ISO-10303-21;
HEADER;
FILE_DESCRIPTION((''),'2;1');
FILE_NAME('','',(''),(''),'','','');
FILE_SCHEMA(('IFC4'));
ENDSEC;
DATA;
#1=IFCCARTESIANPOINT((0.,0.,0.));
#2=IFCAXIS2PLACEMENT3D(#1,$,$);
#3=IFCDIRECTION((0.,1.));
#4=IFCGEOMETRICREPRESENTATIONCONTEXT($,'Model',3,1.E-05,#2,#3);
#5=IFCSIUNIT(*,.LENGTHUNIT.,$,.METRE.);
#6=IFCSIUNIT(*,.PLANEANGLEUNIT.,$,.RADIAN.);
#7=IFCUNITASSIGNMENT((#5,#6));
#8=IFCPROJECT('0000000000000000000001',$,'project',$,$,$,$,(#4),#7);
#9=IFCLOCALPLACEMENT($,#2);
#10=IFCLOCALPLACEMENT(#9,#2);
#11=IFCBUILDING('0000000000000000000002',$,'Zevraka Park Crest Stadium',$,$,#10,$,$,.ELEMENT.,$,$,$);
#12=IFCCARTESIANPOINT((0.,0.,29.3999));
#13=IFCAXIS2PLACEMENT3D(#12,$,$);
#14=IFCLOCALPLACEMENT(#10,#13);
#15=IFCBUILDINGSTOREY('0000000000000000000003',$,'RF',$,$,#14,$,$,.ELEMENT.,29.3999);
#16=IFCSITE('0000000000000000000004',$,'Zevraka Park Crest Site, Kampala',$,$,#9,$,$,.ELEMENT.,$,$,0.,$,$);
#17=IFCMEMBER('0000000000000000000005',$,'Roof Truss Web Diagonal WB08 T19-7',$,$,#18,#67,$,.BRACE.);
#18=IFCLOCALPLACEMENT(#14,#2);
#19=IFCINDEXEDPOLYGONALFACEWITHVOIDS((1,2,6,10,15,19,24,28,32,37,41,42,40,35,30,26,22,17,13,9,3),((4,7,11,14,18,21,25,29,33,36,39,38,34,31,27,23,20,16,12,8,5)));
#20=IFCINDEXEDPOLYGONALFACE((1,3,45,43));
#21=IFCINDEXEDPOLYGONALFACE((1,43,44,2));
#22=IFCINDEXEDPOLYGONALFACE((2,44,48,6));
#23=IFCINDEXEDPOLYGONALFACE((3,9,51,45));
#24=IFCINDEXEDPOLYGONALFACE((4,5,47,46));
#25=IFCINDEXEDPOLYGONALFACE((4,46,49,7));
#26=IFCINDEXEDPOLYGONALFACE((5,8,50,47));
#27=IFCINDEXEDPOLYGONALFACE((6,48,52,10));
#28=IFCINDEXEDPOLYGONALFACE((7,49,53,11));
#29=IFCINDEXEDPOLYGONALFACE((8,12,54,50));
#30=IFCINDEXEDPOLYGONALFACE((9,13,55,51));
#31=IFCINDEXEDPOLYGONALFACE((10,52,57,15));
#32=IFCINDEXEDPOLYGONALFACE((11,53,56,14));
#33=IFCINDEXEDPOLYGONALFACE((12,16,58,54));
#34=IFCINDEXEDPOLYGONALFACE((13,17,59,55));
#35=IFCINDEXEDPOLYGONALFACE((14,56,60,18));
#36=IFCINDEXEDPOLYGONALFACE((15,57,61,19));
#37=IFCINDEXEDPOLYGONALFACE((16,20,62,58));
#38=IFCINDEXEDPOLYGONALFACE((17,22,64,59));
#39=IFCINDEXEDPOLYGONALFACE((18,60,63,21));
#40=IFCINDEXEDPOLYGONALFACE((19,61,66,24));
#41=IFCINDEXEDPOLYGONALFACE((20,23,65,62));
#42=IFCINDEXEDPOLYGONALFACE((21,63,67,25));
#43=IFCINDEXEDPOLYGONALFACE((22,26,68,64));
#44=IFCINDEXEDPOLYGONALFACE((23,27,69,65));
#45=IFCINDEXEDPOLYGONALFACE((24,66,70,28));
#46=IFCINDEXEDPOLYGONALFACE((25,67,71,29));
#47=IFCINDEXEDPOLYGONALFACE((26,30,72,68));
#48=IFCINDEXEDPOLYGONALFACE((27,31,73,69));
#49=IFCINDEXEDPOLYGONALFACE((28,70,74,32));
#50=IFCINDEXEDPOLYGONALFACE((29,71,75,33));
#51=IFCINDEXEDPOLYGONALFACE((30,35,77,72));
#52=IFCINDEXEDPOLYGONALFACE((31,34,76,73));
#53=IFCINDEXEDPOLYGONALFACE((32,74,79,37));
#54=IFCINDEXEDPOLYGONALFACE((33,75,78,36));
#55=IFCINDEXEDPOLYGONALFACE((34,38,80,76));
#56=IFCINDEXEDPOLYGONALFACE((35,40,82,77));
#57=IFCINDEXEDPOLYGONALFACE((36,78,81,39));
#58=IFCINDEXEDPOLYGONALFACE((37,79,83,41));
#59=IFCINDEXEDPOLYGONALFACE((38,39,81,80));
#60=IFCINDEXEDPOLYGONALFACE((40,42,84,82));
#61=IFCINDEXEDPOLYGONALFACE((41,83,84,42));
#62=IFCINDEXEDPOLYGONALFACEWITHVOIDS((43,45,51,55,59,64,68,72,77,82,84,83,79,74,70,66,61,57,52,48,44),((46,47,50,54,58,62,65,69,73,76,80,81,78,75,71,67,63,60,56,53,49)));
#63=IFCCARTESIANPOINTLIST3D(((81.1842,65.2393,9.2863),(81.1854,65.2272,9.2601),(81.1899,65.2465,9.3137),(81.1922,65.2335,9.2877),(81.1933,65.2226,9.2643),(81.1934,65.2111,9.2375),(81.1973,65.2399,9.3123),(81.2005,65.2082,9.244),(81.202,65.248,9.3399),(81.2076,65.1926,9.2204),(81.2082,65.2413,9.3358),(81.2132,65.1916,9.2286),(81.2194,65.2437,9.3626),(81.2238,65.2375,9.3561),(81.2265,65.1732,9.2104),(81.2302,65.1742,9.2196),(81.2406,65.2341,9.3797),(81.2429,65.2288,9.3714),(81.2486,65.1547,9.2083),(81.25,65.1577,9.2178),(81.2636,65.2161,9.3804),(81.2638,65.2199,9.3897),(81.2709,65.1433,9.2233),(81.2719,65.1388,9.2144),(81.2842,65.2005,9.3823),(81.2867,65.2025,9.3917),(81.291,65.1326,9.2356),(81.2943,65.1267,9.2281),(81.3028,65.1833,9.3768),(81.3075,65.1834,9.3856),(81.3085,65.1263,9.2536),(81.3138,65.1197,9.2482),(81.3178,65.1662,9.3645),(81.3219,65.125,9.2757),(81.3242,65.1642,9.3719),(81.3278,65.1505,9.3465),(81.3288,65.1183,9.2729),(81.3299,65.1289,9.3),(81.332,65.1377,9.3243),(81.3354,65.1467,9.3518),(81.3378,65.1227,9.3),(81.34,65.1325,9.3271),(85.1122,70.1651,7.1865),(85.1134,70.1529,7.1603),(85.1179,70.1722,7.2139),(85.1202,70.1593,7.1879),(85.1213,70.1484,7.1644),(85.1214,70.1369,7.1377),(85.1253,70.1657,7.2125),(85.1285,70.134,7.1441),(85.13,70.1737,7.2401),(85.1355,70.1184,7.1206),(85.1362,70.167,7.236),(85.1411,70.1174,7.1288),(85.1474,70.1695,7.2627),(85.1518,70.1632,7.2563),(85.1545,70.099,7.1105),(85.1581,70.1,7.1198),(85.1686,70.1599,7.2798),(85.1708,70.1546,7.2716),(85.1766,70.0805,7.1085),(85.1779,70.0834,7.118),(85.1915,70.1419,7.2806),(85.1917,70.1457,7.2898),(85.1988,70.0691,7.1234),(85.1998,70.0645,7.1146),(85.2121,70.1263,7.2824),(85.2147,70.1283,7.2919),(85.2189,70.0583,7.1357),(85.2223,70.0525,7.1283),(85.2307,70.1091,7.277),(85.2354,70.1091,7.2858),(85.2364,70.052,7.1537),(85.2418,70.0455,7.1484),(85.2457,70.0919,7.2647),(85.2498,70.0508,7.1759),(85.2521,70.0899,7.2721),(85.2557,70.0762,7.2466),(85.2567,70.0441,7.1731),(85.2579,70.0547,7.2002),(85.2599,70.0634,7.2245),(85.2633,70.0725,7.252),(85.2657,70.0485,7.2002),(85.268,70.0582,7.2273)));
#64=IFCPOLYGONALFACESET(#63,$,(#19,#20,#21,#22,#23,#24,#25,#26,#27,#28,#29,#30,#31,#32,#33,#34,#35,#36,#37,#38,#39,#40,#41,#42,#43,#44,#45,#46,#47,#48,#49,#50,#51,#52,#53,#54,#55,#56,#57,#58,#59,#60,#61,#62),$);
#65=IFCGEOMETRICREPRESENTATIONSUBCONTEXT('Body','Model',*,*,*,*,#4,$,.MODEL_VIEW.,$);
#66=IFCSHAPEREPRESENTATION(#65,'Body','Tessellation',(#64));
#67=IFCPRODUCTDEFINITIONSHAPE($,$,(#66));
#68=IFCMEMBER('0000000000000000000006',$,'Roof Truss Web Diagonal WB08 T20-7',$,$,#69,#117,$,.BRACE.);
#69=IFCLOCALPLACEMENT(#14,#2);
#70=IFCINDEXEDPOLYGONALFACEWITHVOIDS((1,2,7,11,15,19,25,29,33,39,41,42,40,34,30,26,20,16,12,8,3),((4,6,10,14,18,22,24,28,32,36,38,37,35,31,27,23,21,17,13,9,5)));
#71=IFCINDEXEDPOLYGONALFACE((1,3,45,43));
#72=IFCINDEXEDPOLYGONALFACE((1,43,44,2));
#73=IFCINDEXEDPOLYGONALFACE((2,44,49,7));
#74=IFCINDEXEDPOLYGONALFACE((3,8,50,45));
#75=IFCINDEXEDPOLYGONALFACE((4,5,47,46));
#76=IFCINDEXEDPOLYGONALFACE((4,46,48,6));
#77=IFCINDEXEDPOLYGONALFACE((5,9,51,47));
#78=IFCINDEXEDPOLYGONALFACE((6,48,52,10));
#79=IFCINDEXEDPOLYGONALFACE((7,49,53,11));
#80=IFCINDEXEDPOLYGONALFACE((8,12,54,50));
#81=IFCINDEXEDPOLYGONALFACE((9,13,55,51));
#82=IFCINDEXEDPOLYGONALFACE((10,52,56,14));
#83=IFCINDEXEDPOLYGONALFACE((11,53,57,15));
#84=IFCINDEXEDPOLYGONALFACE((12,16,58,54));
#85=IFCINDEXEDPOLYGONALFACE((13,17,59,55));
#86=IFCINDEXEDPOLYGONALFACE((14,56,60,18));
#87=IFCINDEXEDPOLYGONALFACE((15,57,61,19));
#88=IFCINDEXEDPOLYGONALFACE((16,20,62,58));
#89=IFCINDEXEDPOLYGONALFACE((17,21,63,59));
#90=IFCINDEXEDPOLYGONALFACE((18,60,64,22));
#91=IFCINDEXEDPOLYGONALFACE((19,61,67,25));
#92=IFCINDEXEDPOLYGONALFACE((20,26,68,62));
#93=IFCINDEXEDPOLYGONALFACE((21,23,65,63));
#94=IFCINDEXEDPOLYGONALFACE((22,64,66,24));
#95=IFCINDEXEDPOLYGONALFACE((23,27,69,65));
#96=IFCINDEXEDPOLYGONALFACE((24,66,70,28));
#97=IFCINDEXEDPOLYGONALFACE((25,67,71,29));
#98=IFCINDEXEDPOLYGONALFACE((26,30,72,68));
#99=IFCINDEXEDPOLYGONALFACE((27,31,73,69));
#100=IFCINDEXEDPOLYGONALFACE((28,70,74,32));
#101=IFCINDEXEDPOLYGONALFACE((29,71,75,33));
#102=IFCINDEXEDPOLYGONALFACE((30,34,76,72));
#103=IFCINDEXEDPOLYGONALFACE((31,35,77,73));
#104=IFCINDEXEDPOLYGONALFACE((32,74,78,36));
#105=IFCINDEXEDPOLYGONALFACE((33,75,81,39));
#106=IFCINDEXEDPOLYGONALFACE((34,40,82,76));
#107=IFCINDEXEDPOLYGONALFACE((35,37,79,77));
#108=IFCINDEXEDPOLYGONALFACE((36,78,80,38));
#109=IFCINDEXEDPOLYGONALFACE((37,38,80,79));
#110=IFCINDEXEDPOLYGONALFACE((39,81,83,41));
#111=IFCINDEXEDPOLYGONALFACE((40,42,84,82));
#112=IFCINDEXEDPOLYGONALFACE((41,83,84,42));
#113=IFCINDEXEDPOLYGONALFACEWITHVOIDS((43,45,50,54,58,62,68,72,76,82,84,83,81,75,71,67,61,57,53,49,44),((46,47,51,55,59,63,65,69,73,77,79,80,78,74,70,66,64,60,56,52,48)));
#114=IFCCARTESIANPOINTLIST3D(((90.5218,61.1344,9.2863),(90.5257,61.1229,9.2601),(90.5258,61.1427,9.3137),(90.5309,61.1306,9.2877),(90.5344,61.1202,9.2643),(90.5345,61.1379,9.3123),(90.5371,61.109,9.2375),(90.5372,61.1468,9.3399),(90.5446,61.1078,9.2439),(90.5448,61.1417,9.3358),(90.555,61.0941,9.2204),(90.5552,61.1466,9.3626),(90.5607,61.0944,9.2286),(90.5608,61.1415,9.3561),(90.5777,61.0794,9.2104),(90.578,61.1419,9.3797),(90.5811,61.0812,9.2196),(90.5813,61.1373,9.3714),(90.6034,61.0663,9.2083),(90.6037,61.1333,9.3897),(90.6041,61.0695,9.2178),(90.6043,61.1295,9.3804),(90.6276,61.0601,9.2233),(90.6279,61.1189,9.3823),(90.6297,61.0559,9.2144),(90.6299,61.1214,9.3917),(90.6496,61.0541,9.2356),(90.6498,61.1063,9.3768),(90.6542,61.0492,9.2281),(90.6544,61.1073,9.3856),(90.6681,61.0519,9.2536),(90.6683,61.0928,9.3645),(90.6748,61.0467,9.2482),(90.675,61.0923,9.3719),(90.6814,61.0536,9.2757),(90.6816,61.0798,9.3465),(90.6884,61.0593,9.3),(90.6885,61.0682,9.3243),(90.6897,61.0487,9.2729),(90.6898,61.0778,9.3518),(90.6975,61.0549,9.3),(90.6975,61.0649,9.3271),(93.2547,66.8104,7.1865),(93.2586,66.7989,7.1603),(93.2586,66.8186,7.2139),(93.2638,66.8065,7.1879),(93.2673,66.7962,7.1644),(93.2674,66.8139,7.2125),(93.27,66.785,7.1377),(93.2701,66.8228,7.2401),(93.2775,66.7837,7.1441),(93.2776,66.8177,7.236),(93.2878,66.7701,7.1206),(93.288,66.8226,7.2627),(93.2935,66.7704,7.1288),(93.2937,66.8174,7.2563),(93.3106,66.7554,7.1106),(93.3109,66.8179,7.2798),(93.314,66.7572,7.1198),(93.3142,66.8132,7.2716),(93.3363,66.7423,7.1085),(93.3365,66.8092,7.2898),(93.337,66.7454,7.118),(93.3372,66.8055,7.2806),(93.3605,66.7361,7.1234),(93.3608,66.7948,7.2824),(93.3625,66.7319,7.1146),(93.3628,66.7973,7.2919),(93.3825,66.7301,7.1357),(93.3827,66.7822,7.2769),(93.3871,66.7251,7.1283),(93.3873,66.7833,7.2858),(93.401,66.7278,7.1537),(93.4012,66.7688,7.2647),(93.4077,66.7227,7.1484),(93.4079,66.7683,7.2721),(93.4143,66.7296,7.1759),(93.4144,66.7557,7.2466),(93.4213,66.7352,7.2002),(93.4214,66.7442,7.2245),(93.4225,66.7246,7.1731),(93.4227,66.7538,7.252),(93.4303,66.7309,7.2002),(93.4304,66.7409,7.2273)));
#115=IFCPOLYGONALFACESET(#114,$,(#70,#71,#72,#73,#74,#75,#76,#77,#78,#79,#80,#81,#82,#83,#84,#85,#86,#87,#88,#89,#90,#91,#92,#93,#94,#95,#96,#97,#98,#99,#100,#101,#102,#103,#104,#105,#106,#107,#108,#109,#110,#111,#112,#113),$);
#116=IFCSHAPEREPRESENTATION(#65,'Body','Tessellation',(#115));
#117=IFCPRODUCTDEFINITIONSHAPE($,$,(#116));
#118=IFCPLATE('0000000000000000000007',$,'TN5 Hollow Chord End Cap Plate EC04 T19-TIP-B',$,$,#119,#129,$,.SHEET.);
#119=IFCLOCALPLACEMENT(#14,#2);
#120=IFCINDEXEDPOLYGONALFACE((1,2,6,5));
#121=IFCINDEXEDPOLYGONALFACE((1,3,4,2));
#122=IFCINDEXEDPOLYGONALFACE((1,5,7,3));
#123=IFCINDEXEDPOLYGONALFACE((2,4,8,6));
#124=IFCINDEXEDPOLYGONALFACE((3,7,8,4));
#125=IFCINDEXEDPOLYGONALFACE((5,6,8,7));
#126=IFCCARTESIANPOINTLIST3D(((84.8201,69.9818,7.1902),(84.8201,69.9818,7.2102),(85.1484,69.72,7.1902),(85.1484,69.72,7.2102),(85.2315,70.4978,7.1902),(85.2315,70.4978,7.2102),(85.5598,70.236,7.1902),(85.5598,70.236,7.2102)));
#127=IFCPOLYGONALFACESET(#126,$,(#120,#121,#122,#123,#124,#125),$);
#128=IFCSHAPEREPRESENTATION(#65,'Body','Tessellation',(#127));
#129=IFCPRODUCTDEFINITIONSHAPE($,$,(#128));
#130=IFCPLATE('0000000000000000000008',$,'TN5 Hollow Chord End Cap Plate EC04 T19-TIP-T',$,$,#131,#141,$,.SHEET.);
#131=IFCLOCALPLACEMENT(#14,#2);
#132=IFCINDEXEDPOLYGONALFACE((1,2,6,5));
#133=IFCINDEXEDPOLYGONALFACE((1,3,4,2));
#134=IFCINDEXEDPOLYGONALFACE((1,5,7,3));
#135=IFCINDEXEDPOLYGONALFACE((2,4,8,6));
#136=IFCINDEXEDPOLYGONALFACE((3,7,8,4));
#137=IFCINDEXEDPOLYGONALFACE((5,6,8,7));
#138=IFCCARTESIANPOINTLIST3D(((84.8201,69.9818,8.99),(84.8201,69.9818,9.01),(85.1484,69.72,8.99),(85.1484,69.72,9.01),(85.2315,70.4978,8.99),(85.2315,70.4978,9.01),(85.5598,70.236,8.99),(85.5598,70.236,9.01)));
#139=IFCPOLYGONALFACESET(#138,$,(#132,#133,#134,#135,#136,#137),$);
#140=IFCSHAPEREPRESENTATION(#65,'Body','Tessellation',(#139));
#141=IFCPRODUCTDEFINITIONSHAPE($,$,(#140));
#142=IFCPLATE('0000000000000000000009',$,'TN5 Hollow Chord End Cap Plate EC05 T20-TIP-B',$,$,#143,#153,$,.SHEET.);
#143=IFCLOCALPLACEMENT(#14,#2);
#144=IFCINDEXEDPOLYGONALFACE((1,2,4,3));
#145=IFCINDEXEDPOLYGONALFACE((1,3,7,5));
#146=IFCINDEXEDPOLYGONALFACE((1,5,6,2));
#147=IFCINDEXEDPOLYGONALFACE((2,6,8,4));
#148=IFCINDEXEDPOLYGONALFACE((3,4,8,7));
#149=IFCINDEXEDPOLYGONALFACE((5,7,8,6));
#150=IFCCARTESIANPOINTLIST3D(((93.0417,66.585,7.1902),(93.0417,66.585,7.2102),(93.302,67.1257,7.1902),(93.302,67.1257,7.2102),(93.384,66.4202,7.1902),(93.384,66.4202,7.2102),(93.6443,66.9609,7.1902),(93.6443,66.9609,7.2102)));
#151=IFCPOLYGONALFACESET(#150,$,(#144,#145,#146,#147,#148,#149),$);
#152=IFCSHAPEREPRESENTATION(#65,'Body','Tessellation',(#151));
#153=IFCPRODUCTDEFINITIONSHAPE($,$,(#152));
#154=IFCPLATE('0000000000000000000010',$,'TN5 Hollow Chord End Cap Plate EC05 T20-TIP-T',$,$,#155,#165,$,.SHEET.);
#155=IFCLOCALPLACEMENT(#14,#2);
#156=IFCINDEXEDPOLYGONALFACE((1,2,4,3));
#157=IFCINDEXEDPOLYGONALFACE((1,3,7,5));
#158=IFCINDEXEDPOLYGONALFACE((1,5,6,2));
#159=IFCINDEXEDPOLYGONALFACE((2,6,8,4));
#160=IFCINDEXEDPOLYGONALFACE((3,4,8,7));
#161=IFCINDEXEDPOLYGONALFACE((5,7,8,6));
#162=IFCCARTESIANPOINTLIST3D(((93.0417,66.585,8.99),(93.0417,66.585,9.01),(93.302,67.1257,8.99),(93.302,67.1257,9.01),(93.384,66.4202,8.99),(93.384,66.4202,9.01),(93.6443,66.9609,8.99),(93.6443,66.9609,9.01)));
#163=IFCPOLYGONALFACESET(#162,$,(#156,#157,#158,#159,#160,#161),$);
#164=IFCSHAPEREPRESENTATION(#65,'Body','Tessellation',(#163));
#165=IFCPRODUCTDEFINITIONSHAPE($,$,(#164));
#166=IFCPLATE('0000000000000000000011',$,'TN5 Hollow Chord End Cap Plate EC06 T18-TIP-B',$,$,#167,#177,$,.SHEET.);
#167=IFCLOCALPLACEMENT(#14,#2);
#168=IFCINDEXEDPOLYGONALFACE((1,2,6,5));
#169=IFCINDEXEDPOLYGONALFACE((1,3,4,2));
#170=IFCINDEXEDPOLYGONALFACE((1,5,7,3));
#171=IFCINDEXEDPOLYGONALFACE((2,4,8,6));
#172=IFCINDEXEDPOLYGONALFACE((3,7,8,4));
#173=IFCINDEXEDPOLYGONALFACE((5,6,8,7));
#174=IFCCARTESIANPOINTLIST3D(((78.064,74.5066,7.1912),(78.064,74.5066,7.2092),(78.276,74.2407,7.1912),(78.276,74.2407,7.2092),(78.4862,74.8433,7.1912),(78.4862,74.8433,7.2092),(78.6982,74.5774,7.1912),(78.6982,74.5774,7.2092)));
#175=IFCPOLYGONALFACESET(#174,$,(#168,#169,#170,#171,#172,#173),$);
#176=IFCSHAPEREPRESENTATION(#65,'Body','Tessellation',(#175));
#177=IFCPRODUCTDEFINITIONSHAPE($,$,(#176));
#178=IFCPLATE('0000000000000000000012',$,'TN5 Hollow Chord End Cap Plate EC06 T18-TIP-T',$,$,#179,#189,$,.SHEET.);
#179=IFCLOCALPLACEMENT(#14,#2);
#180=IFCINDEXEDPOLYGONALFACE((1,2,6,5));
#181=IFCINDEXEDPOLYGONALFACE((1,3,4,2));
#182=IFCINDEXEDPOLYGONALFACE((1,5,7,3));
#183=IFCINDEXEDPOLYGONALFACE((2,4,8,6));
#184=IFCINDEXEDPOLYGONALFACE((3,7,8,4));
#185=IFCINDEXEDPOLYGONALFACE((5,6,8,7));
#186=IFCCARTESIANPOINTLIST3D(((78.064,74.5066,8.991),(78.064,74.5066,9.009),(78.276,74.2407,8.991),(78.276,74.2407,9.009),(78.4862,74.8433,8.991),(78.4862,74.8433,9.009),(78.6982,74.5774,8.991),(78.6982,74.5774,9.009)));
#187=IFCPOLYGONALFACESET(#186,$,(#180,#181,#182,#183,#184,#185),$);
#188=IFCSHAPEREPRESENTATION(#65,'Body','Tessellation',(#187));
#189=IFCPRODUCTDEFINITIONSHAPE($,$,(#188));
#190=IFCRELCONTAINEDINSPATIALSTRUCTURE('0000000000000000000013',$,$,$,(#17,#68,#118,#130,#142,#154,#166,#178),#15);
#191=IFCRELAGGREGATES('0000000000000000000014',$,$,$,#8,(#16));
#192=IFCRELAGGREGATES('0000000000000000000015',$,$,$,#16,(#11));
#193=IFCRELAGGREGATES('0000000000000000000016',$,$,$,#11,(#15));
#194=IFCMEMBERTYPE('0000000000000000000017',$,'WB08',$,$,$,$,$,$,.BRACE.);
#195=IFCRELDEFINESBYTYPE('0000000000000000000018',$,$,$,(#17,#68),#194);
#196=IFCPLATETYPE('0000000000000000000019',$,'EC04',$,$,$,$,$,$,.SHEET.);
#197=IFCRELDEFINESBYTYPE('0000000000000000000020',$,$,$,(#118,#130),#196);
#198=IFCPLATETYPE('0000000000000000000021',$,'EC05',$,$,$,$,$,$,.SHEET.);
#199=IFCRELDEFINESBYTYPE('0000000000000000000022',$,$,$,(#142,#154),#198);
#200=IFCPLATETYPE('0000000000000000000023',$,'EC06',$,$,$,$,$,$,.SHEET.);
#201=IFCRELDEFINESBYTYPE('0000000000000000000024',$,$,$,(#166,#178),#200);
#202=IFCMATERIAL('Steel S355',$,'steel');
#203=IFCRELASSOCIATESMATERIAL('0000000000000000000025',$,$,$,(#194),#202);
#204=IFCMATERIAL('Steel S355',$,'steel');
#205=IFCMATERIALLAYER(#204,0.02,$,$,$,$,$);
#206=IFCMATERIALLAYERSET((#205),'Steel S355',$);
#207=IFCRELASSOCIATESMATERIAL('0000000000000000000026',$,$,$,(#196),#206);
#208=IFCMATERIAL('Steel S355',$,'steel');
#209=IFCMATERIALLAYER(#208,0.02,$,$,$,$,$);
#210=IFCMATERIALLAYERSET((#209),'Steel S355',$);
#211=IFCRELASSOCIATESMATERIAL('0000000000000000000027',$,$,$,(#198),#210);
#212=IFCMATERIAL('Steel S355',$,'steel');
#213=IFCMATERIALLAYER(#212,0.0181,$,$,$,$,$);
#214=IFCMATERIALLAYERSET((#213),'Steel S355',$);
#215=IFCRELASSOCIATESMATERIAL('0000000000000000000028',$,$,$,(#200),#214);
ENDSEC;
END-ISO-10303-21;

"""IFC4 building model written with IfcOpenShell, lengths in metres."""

from ifc_helpers import new_model, si_unit, direction, frame, origin, origin_2d, place, context, subcontext, project, spatial, rectangle, hollow_circle, extrude, material, layer, layer_set, material_profile, profile_set, type_object, element, save


model = new_model("IFC4")

# Units and contexts
model_context = context("Model", 3, precision=1e-05, world=origin(), true_north=direction((0.0, 1.0)))
body_context = subcontext(model_context, "Body", "Model", "MODEL_VIEW")
ifc_project = project(units=[si_unit("LENGTHUNIT", "METRE"), si_unit("PLANEANGLEUNIT", "RADIAN")], contexts=[model_context])

# Site, building, storey
site_placement = place(None, origin())
site = spatial("IfcSite", under=ifc_project, at=site_placement, Name="Zevraka Park Crest Site, Kampala", CompositionType="ELEMENT", RefElevation=0.0)
building_placement = place(site_placement, origin())
building = spatial("IfcBuilding", under=site, at=building_placement, Name="Zevraka Park Crest Stadium", CompositionType="ELEMENT")
storey_placement = place(building_placement, frame((0.0, 0.0, 29.3999)))
storey = spatial("IfcBuildingStorey", under=building, at=storey_placement, Name="RF", CompositionType="ELEMENT", Elevation=29.3999)

# Members
ifc_material_1 = material(Name="Steel S355", Category="steel")
ifc_material_profile_1 = material_profile(ifc_material_1, hollow_circle(Radius=0.0969, WallThickness=0.01, at=origin_2d()), Name="CHS 193.7x10")
ifc_profile_set_1 = profile_set([ifc_material_profile_1], Name="Steel S355")
member_type_1 = type_object("IfcMemberType", Name="WB08", PredefinedType="BRACE", material=ifc_profile_set_1)
member_1_placement = place(storey_placement, frame((85.1899, 70.1089, 7.2002), z_axis=(-0.591482, -0.741733, 0.3162), x_axis=(0.781847, -0.62347, 0.0)))
element("IfcMember", 1, at=member_1_placement, inside=storey, type_object=member_type_1, Name="Roof Truss Web Diagonal WB08 T19-7", PredefinedType="BRACE", context=body_context, shape_type="SweptSolid", body=[
    extrude(hollow_circle(Radius=0.0969, WallThickness=0.01, at=origin_2d()), origin(), (0.0, 0.0, 1.0), 6.6409),
])
member_2_placement = place(storey_placement, frame((93.343, 66.7729, 7.2002), z_axis=(-0.411556, -0.854766, 0.316222), x_axis=(0.901001, -0.433817, 0.0)))
element("IfcMember", 2, at=member_2_placement, inside=storey, type_object=member_type_1, Name="Roof Truss Web Diagonal WB08 T20-7", PredefinedType="BRACE", context=body_context, shape_type="SweptSolid", body=[
    extrude(hollow_circle(Radius=0.0969, WallThickness=0.01, at=origin_2d()), origin(), (0.0, 0.0, 1.0), 6.6404),
])

# Plates
ifc_material_2 = material(Name="Steel S355", Category="steel")
ifc_layer_1 = layer(ifc_material_2, 0.02)
ifc_layer_set_1 = layer_set([ifc_layer_1], Name="Steel S355")
plate_type_1 = type_object("IfcPlateType", Name="EC04", PredefinedType="SHEET", material=ifc_layer_set_1)
for number, where, z_axis, x_axis, name in (
    (3, (85.1899, 70.1089, 7.1902), (0.0, 0.0, 1.0), (0.62347, 0.781847, 0.0), "TN5 Hollow Chord End Cap Plate EC04 T19-TIP-B"),
    (4, (85.1899, 70.1089, 8.99), (0.0, 0.0, 1.0), (0.62347, 0.781847, 0.0), "TN5 Hollow Chord End Cap Plate EC04 T19-TIP-T"),
):
    element("IfcPlate", number, at=place(storey_placement, frame(where, z_axis=z_axis, x_axis=x_axis)), inside=storey, type_object=plate_type_1, Name=name, PredefinedType="SHEET", context=body_context, shape_type="SweptSolid", body=[
        extrude(rectangle(XDim=0.6599, YDim=0.4199, at=origin_2d()), origin(), (0.0, 0.0, 1.0), 0.02),
    ])
ifc_material_3 = material(Name="Steel S355", Category="steel")
ifc_layer_2 = layer(ifc_material_3, 0.02)
ifc_layer_set_2 = layer_set([ifc_layer_2], Name="Steel S355")
plate_type_2 = type_object("IfcPlateType", Name="EC05", PredefinedType="SHEET", material=ifc_layer_set_2)
for number, where, z_axis, x_axis, name in (
    (5, (93.343, 66.7729, 7.1902), (0.0, 0.0, 1.0), (0.433816, 0.901001, 0.0), "TN5 Hollow Chord End Cap Plate EC05 T20-TIP-B"),
    (6, (93.343, 66.7729, 8.99), (0.0, 0.0, 1.0), (0.433816, 0.901001, 0.0), "TN5 Hollow Chord End Cap Plate EC05 T20-TIP-T"),
):
    element("IfcPlate", number, at=place(storey_placement, frame(where, z_axis=z_axis, x_axis=x_axis)), inside=storey, type_object=plate_type_2, Name=name, PredefinedType="SHEET", context=body_context, shape_type="SweptSolid", body=[
        extrude(rectangle(XDim=0.6001, YDim=0.3799, at=origin_2d()), origin(), (0.0, 0.0, 1.0), 0.02),
    ])
ifc_material_4 = material(Name="Steel S355", Category="steel")
ifc_layer_3 = layer(ifc_material_4, 0.0181)
ifc_layer_set_3 = layer_set([ifc_layer_3], Name="Steel S355")
plate_type_3 = type_object("IfcPlateType", Name="EC06", PredefinedType="SHEET", material=ifc_layer_set_3)
for number, where, z_axis, x_axis, name in (
    (7, (78.3811, 74.542, 7.1912), (0.0, 0.0, 1.0), (0.781847, 0.62347, 0.0), "TN5 Hollow Chord End Cap Plate EC06 T18-TIP-B"),
    (8, (78.3811, 74.542, 8.991), (0.0, 0.0, 1.0), (0.781847, 0.62347, 0.0), "TN5 Hollow Chord End Cap Plate EC06 T18-TIP-T"),
):
    element("IfcPlate", number, at=place(storey_placement, frame(where, z_axis=z_axis, x_axis=x_axis)), inside=storey, type_object=plate_type_3, Name=name, PredefinedType="SHEET", context=body_context, shape_type="SweptSolid", body=[
        extrude(rectangle(XDim=0.54, YDim=0.3401, at=origin_2d()), origin(), (0.0, 0.0, 1.0), 0.0181),
    ])

save(model, "model.ifc")
